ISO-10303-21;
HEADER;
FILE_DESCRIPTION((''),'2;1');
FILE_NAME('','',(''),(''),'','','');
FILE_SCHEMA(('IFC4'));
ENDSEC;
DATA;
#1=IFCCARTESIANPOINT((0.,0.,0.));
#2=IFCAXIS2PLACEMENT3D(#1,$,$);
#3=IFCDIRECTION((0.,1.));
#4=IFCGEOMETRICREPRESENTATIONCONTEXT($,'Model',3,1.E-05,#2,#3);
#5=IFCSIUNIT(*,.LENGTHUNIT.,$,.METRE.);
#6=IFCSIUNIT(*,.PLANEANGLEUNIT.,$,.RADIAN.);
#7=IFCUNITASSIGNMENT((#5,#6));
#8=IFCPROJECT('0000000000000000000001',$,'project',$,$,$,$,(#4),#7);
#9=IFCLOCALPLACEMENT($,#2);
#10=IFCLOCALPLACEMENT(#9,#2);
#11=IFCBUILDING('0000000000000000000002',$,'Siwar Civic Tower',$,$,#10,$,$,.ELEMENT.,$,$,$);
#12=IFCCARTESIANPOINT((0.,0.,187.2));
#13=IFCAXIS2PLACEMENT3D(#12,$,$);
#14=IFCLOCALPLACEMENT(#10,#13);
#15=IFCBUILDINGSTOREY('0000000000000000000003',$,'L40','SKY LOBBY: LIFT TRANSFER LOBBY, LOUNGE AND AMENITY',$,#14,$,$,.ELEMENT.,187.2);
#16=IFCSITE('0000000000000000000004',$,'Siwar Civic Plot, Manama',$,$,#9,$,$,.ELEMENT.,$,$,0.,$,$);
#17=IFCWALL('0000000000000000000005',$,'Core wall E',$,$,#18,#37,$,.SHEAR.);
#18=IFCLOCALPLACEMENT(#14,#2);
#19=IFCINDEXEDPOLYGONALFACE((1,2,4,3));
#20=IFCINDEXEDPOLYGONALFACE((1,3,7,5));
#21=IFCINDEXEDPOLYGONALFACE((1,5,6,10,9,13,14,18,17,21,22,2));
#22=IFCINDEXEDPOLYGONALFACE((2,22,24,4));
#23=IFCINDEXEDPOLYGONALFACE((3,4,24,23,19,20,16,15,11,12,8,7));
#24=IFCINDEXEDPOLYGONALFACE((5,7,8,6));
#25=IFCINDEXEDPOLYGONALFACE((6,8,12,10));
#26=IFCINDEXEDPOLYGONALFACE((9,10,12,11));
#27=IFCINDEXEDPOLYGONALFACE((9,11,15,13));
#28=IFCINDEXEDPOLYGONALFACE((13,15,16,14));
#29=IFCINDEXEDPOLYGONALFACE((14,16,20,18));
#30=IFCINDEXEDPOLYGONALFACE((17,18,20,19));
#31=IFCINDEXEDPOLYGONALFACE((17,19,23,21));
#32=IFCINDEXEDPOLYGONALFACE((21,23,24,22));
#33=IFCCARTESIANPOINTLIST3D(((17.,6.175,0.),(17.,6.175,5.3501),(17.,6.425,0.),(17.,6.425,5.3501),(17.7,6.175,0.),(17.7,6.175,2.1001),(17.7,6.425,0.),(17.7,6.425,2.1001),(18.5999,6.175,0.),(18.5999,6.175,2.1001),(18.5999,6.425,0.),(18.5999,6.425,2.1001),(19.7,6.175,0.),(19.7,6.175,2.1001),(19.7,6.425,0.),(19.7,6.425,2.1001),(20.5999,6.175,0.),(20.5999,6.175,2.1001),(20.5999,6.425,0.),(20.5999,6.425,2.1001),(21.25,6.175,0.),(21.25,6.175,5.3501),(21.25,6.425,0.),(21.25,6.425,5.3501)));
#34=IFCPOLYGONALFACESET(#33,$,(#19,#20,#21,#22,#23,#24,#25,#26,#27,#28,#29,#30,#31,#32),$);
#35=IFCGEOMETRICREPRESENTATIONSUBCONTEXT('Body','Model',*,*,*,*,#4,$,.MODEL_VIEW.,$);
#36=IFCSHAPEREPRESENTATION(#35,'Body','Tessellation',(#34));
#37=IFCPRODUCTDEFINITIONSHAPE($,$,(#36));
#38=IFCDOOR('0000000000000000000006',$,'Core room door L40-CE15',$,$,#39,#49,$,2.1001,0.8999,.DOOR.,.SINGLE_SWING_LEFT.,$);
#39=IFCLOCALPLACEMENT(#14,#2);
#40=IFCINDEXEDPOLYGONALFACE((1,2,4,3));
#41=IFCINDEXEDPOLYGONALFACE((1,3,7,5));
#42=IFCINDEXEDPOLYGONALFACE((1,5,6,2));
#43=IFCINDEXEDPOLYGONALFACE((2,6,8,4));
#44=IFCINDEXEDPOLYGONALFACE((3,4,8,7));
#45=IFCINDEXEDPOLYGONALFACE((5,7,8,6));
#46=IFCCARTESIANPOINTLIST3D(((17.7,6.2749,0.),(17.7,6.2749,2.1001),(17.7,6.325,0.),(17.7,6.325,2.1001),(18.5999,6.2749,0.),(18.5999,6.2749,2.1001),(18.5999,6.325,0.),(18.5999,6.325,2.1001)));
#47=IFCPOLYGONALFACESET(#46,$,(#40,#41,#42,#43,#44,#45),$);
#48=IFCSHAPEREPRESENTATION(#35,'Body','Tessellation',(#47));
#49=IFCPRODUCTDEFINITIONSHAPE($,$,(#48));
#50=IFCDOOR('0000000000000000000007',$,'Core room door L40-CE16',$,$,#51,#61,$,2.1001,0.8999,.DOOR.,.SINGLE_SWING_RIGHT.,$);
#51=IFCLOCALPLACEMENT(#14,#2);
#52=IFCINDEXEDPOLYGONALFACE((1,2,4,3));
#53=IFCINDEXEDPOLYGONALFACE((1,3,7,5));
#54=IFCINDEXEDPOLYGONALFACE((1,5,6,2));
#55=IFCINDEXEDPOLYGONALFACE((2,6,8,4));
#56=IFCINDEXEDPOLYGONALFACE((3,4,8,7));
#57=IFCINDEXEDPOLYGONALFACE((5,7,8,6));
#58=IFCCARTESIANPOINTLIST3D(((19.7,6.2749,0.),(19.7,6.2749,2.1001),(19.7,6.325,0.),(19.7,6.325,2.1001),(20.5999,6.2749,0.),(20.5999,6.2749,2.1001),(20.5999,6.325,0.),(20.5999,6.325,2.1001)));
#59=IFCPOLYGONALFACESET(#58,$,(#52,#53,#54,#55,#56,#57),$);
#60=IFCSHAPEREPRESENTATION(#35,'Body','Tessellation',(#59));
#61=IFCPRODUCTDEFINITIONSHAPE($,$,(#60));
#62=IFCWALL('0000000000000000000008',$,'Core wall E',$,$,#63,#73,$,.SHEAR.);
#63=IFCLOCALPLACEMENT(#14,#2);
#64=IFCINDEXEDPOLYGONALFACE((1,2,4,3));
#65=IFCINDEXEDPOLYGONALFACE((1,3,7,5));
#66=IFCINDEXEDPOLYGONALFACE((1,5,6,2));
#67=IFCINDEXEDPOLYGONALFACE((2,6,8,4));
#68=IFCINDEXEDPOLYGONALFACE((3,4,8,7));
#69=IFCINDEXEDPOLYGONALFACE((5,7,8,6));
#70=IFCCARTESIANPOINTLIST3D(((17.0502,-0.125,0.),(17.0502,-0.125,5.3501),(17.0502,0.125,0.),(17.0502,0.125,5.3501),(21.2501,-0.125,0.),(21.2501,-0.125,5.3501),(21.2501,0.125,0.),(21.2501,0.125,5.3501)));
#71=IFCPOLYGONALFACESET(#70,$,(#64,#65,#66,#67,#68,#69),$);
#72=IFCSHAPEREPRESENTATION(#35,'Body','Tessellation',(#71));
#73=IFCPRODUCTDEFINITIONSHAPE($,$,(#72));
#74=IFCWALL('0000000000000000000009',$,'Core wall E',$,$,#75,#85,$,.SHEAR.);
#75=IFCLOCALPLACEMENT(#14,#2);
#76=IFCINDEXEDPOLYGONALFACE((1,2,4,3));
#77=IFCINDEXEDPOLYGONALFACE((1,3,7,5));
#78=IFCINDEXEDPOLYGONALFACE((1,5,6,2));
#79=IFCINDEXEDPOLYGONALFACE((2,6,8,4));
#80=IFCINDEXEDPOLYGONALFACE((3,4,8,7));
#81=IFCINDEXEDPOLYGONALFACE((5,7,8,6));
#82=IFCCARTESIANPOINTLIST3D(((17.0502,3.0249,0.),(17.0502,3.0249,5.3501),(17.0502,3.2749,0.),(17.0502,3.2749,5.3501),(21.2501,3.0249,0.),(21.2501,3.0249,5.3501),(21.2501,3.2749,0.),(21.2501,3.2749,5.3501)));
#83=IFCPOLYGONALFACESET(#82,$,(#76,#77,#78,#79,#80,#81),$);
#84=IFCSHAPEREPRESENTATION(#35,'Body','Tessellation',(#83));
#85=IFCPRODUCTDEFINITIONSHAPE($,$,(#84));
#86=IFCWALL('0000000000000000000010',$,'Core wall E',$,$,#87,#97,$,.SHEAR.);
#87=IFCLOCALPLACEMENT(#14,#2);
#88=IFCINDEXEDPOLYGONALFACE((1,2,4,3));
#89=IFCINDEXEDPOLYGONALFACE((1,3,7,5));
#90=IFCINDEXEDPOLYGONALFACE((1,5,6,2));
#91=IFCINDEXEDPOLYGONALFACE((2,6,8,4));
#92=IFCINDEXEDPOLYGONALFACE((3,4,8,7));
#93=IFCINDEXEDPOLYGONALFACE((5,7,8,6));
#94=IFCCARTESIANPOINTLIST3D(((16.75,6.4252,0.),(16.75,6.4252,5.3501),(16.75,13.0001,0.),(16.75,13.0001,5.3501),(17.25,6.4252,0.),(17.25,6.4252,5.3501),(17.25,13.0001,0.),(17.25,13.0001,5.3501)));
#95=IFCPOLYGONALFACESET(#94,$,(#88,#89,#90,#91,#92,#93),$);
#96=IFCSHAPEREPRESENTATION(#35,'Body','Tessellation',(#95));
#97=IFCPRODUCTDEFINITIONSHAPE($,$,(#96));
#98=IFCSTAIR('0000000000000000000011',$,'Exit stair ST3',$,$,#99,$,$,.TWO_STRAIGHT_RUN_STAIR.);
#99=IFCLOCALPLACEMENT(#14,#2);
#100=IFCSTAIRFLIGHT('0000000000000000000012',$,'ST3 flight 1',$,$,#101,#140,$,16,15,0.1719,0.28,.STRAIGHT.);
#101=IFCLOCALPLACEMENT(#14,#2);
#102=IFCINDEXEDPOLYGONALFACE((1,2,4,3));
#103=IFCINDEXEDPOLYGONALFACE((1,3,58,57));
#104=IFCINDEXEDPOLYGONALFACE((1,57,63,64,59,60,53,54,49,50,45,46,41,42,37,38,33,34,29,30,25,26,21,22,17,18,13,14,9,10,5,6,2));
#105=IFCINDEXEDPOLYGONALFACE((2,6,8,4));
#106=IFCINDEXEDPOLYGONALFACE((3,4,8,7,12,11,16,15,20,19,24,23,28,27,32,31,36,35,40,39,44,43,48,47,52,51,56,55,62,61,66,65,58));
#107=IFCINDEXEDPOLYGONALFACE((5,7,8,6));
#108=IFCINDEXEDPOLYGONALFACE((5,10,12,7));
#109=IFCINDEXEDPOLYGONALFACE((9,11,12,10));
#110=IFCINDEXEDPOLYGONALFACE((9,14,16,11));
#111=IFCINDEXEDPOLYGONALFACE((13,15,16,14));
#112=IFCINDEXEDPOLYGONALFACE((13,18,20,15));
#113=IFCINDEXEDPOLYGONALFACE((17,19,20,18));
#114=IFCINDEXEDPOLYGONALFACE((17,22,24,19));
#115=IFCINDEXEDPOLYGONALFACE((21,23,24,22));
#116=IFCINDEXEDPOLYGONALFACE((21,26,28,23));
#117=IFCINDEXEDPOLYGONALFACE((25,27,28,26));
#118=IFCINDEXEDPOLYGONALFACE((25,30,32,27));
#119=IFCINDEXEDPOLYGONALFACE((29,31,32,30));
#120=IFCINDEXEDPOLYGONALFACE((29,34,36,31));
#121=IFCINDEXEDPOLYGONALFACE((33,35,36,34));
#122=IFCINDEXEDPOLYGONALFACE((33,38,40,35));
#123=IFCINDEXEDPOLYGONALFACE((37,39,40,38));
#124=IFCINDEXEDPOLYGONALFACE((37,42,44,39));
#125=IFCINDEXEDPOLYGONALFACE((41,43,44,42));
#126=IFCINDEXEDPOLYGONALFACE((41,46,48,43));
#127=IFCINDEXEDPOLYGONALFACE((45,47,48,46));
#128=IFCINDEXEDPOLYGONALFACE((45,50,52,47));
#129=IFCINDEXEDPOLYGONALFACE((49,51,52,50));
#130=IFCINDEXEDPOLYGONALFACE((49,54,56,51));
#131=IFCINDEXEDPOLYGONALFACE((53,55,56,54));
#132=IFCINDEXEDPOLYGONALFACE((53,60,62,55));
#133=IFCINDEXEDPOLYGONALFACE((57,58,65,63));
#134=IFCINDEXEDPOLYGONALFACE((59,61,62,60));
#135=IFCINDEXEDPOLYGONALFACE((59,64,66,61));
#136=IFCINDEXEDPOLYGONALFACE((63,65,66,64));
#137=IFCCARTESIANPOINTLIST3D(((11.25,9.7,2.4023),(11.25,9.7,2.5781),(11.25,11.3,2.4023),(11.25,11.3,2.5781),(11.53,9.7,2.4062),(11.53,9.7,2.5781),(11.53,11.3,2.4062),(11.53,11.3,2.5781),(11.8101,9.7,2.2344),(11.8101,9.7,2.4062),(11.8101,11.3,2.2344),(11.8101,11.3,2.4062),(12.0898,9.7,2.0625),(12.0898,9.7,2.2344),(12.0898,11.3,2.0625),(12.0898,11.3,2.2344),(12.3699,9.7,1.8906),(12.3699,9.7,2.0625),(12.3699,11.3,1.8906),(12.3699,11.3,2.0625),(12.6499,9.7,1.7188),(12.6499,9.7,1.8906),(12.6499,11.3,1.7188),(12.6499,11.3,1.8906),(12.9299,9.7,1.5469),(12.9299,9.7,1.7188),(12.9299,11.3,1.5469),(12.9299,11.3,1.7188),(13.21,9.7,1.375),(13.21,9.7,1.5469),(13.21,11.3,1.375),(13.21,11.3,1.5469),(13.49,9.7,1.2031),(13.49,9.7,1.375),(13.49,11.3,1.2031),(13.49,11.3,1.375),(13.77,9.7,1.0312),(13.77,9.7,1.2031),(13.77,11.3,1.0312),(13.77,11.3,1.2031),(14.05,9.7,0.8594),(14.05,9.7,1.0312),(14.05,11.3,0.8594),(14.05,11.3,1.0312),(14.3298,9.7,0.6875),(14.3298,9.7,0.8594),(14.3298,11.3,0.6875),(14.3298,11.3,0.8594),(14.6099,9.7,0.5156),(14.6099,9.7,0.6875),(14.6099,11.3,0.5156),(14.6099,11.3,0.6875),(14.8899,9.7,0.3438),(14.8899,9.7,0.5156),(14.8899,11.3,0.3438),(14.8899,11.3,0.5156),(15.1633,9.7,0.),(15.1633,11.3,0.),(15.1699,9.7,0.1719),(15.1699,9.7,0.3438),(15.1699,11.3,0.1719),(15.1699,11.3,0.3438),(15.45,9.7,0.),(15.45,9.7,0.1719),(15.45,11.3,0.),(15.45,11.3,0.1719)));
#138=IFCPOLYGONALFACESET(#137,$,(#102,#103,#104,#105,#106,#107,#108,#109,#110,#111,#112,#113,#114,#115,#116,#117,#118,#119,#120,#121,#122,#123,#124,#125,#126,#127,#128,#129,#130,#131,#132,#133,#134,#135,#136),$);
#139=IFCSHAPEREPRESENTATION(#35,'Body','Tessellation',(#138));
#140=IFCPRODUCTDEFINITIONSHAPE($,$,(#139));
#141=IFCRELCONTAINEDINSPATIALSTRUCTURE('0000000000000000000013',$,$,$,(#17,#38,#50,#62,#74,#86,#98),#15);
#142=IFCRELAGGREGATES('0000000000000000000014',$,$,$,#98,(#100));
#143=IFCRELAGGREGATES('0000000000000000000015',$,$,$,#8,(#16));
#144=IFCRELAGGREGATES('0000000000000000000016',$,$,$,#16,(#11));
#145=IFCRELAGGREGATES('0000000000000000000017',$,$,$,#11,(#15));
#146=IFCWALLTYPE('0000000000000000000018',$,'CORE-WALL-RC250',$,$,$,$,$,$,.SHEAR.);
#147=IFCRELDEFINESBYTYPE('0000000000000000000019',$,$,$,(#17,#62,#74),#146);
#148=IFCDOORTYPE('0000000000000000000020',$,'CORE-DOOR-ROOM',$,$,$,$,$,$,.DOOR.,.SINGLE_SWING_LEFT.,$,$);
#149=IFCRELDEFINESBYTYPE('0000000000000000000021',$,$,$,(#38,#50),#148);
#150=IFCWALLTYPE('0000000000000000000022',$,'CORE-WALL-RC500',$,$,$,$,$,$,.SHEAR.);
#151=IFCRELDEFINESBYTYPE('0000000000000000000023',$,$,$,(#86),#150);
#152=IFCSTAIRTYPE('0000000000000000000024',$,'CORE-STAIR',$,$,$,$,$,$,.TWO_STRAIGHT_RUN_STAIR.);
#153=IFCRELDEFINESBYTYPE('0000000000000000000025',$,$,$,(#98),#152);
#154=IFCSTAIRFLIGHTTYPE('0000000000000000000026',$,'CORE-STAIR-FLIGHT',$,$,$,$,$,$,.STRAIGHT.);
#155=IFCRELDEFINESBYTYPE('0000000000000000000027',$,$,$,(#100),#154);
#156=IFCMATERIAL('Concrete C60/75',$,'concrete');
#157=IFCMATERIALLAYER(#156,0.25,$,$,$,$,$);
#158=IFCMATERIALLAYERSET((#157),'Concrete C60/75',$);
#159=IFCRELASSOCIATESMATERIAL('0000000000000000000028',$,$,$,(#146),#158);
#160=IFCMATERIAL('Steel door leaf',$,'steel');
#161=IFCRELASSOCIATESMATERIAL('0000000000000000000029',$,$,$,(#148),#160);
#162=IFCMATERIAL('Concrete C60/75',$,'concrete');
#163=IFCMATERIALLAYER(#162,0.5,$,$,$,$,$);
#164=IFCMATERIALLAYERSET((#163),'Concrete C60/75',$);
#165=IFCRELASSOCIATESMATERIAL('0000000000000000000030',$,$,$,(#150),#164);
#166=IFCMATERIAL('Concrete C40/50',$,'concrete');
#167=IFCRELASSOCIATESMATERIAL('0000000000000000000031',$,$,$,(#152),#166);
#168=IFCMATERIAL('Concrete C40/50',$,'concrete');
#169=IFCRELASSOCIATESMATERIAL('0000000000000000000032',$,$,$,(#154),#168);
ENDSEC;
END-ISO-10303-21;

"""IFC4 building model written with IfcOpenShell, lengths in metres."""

from ifc_helpers import new_model, si_unit, direction, frame, frame_2d, origin, place, context, subcontext, project, spatial, polyline, rectangle, outline, extrude, material, layer, layer_set, type_object, element, fill, aggregate, save


model = new_model("IFC4")

# Units and contexts
model_context = context("Model", 3, precision=1e-05, world=origin(), true_north=direction((0.0, 1.0)))
body_context = subcontext(model_context, "Body", "Model", "MODEL_VIEW")
ifc_project = project(units=[si_unit("LENGTHUNIT", "METRE"), si_unit("PLANEANGLEUNIT", "RADIAN")], contexts=[model_context])

# Site, building, storey
site_placement = place(None, origin())
site = spatial("IfcSite", under=ifc_project, at=site_placement, Name="Siwar Civic Plot, Manama", CompositionType="ELEMENT", RefElevation=0.0)
building_placement = place(site_placement, origin())
building = spatial("IfcBuilding", under=site, at=building_placement, Name="Siwar Civic Tower", CompositionType="ELEMENT")
storey_placement = place(building_placement, frame((0.0, 0.0, 187.2)))
storey = spatial("IfcBuildingStorey", under=building, at=storey_placement, Name="L40", Description="SKY LOBBY: LIFT TRANSFER LOBBY, LOUNGE AND AMENITY", CompositionType="ELEMENT", Elevation=187.2)

# Shared definitions
ifc_material_1 = material(Name="Concrete C60/75", Category="concrete")
ifc_layer_1 = layer(ifc_material_1, 0.25)
ifc_layer_set_1 = layer_set([ifc_layer_1], Name="Concrete C60/75")
wall_type_1 = type_object("IfcWallType", Name="CORE-WALL-RC250", PredefinedType="SHEAR", material=ifc_layer_set_1)

# Wall, openings, doors
wall_1_placement = place(storey_placement, frame((17.0, 6.3, 0.0), z_axis=(0.0, 0.0, 1.0), x_axis=(1.0, 0.0, 0.0)))
wall_1 = element("IfcWall", 1, at=wall_1_placement, inside=storey, type_object=wall_type_1, Name="Core wall E", PredefinedType="SHEAR", context=body_context, shape_type="SweptSolid", body=[
    extrude(rectangle(XDim=4.25, YDim=0.25, at=frame_2d((2.125, 0.0))), origin(), (0.0, 0.0, 1.0), 5.3501),
])
opening_1_placement = place(wall_1_placement, frame((0.7, 0.0, 0.0)))
opening_1 = element("IfcOpeningElement", 2, at=opening_1_placement, cuts=wall_1, PredefinedType="OPENING", context=body_context, shape_type="SweptSolid", body=[
    extrude(rectangle(XDim=0.8999, YDim=2.1001, at=frame_2d((0.45, 1.05))), frame((0.0, 0.135, 0.0), z_axis=(0.0, -1.0, 0.0), x_axis=(1.0, 0.0, 0.0)), (0.0, 0.0, 1.0), 0.27),
])
opening_2_placement = place(wall_1_placement, frame((2.7, 0.0, 0.0)))
opening_2 = element("IfcOpeningElement", 3, at=opening_2_placement, cuts=wall_1, PredefinedType="OPENING", context=body_context, shape_type="SweptSolid", body=[
    extrude(rectangle(XDim=0.8999, YDim=2.1001, at=frame_2d((0.45, 1.05))), frame((0.0, 0.135, 0.0), z_axis=(0.0, -1.0, 0.0), x_axis=(1.0, 0.0, 0.0)), (0.0, 0.0, 1.0), 0.27),
])
ifc_material_2 = material(Name="Steel door leaf", Category="steel")
door_type_1 = type_object("IfcDoorType", Name="CORE-DOOR-ROOM", OperationType="SINGLE_SWING_LEFT", PredefinedType="DOOR", material=ifc_material_2)
door_1_placement = place(opening_1_placement, origin())
door_1 = element("IfcDoor", 4, at=door_1_placement, inside=storey, type_object=door_type_1, Name="Core room door L40-CE15", OperationType="SINGLE_SWING_LEFT", OverallHeight=2.1001, OverallWidth=0.8999, PredefinedType="DOOR", context=body_context, shape_type="SweptSolid", body=[
    extrude(rectangle(XDim=0.8999, YDim=2.1001, at=frame_2d((0.45, 1.05))), frame((0.0, 0.0249, 0.0), z_axis=(0.0, -1.0, 0.0), x_axis=(1.0, 0.0, 0.0)), (0.0, 0.0, 1.0), 0.05),
])
fill(opening_1, door_1)
door_2_placement = place(opening_2_placement, origin())
door_2 = element("IfcDoor", 5, at=door_2_placement, inside=storey, type_object=door_type_1, Name="Core room door L40-CE16", OperationType="SINGLE_SWING_RIGHT", OverallHeight=2.1001, OverallWidth=0.8999, PredefinedType="DOOR", context=body_context, shape_type="SweptSolid", body=[
    extrude(rectangle(XDim=0.8999, YDim=2.1001, at=frame_2d((0.45, 1.05))), frame((0.0, 0.0249, 0.0), z_axis=(0.0, -1.0, 0.0), x_axis=(1.0, 0.0, 0.0)), (0.0, 0.0, 1.0), 0.05),
])
fill(opening_2, door_2)

# Walls
for number, where, z_axis, x_axis, name in (
    (6, (17.05, 0.0, 0.0), (0.0, 0.0, 1.0), (1.0, 0.0, 0.0), "Core wall E"),
    (7, (17.05, 3.1499, 0.0), (0.0, 0.0, 1.0), (1.0, 0.0, 0.0), "Core wall E"),
):
    element("IfcWall", number, at=place(storey_placement, frame(where, z_axis=z_axis, x_axis=x_axis)), inside=storey, type_object=wall_type_1, Name=name, PredefinedType="SHEAR", context=body_context, shape_type="SweptSolid", body=[
        extrude(rectangle(XDim=4.2, YDim=0.25, at=frame_2d((2.1001, 0.0))), origin(), (0.0, 0.0, 1.0), 5.3501),
    ])
ifc_material_3 = material(Name="Concrete C60/75", Category="concrete")
ifc_layer_2 = layer(ifc_material_3, 0.5)
ifc_layer_set_2 = layer_set([ifc_layer_2], Name="Concrete C60/75")
wall_type_2 = type_object("IfcWallType", Name="CORE-WALL-RC500", PredefinedType="SHEAR", material=ifc_layer_set_2)
wall_2_placement = place(storey_placement, frame((17.0, 6.425, 0.0), z_axis=(0.0, 0.0, 1.0), x_axis=(0.0, 1.0, 0.0)))
element("IfcWall", 8, at=wall_2_placement, inside=storey, type_object=wall_type_2, Name="Core wall E", PredefinedType="SHEAR", context=body_context, shape_type="SweptSolid", body=[
    extrude(rectangle(XDim=6.575, YDim=0.5, at=frame_2d((3.2876, 0.0))), origin(), (0.0, 0.0, 1.0), 5.3501),
])

# Stair, stair flight
ifc_material_4 = material(Name="Concrete C40/50", Category="concrete")
stair_type = type_object("IfcStairType", Name="CORE-STAIR", PredefinedType="TWO_STRAIGHT_RUN_STAIR", material=ifc_material_4)
stair_placement = place(storey_placement, origin())
stair = element("IfcStair", 9, at=stair_placement, inside=storey, type_object=stair_type, Name="Exit stair ST3", PredefinedType="TWO_STRAIGHT_RUN_STAIR")
ifc_material_5 = material(Name="Concrete C40/50", Category="concrete")
stair_flight_type = type_object("IfcStairFlightType", Name="CORE-STAIR-FLIGHT", PredefinedType="STRAIGHT", material=ifc_material_5)
stair_flight_1_placement = place(storey_placement, frame((15.45, 10.5, 0.0), z_axis=(0.0, 0.0, 1.0), x_axis=(-1.0, 0.0, 0.0)))
stair_flight_1 = element("IfcStairFlight", 10, at=stair_flight_1_placement, type_object=stair_flight_type, Name="ST3 flight 1", NumberOfRisers=16, NumberOfTreads=15, PredefinedType="STRAIGHT", RiserHeight=0.1719, TreadLength=0.28, context=body_context, shape_type="SweptSolid", body=[
    extrude(outline(polyline([(0.0, 0.0), (0.0, 0.1719), (0.28, 0.1719), (0.28, 0.3438), (0.5601, 0.3438), (0.5601, 0.5156), (0.8401, 0.5156), (0.8401, 0.6875), (1.1201, 0.6875), (1.1201, 0.8594), (1.3999, 0.8594), (1.3999, 1.0312), (1.6799, 1.0312), (1.6799, 1.2031), (1.96, 1.2031), (1.96, 1.375), (2.24, 1.375), (2.24, 1.5469), (2.52, 1.5469), (2.52, 1.7188), (2.8, 1.7188), (2.8, 1.8906), (3.0801, 1.8906), (3.0801, 2.0625), (3.3601, 2.0625), (3.3601, 2.2344), (3.6399, 2.2344), (3.6399, 2.4062), (3.9199, 2.4062), (3.9199, 2.5781), (4.2, 2.5781), (4.2, 2.75), (4.2, 2.4023), (0.2866, 0.0), (0.0, 0.0)])), frame((0.0, 0.8, 0.0), z_axis=(0.0, -1.0, 0.0), x_axis=(1.0, 0.0, 0.0)), (0.0, 0.0, 1.0), 1.6001),
])
aggregate(stair, [stair_flight_1])

save(model, "model.ifc")
